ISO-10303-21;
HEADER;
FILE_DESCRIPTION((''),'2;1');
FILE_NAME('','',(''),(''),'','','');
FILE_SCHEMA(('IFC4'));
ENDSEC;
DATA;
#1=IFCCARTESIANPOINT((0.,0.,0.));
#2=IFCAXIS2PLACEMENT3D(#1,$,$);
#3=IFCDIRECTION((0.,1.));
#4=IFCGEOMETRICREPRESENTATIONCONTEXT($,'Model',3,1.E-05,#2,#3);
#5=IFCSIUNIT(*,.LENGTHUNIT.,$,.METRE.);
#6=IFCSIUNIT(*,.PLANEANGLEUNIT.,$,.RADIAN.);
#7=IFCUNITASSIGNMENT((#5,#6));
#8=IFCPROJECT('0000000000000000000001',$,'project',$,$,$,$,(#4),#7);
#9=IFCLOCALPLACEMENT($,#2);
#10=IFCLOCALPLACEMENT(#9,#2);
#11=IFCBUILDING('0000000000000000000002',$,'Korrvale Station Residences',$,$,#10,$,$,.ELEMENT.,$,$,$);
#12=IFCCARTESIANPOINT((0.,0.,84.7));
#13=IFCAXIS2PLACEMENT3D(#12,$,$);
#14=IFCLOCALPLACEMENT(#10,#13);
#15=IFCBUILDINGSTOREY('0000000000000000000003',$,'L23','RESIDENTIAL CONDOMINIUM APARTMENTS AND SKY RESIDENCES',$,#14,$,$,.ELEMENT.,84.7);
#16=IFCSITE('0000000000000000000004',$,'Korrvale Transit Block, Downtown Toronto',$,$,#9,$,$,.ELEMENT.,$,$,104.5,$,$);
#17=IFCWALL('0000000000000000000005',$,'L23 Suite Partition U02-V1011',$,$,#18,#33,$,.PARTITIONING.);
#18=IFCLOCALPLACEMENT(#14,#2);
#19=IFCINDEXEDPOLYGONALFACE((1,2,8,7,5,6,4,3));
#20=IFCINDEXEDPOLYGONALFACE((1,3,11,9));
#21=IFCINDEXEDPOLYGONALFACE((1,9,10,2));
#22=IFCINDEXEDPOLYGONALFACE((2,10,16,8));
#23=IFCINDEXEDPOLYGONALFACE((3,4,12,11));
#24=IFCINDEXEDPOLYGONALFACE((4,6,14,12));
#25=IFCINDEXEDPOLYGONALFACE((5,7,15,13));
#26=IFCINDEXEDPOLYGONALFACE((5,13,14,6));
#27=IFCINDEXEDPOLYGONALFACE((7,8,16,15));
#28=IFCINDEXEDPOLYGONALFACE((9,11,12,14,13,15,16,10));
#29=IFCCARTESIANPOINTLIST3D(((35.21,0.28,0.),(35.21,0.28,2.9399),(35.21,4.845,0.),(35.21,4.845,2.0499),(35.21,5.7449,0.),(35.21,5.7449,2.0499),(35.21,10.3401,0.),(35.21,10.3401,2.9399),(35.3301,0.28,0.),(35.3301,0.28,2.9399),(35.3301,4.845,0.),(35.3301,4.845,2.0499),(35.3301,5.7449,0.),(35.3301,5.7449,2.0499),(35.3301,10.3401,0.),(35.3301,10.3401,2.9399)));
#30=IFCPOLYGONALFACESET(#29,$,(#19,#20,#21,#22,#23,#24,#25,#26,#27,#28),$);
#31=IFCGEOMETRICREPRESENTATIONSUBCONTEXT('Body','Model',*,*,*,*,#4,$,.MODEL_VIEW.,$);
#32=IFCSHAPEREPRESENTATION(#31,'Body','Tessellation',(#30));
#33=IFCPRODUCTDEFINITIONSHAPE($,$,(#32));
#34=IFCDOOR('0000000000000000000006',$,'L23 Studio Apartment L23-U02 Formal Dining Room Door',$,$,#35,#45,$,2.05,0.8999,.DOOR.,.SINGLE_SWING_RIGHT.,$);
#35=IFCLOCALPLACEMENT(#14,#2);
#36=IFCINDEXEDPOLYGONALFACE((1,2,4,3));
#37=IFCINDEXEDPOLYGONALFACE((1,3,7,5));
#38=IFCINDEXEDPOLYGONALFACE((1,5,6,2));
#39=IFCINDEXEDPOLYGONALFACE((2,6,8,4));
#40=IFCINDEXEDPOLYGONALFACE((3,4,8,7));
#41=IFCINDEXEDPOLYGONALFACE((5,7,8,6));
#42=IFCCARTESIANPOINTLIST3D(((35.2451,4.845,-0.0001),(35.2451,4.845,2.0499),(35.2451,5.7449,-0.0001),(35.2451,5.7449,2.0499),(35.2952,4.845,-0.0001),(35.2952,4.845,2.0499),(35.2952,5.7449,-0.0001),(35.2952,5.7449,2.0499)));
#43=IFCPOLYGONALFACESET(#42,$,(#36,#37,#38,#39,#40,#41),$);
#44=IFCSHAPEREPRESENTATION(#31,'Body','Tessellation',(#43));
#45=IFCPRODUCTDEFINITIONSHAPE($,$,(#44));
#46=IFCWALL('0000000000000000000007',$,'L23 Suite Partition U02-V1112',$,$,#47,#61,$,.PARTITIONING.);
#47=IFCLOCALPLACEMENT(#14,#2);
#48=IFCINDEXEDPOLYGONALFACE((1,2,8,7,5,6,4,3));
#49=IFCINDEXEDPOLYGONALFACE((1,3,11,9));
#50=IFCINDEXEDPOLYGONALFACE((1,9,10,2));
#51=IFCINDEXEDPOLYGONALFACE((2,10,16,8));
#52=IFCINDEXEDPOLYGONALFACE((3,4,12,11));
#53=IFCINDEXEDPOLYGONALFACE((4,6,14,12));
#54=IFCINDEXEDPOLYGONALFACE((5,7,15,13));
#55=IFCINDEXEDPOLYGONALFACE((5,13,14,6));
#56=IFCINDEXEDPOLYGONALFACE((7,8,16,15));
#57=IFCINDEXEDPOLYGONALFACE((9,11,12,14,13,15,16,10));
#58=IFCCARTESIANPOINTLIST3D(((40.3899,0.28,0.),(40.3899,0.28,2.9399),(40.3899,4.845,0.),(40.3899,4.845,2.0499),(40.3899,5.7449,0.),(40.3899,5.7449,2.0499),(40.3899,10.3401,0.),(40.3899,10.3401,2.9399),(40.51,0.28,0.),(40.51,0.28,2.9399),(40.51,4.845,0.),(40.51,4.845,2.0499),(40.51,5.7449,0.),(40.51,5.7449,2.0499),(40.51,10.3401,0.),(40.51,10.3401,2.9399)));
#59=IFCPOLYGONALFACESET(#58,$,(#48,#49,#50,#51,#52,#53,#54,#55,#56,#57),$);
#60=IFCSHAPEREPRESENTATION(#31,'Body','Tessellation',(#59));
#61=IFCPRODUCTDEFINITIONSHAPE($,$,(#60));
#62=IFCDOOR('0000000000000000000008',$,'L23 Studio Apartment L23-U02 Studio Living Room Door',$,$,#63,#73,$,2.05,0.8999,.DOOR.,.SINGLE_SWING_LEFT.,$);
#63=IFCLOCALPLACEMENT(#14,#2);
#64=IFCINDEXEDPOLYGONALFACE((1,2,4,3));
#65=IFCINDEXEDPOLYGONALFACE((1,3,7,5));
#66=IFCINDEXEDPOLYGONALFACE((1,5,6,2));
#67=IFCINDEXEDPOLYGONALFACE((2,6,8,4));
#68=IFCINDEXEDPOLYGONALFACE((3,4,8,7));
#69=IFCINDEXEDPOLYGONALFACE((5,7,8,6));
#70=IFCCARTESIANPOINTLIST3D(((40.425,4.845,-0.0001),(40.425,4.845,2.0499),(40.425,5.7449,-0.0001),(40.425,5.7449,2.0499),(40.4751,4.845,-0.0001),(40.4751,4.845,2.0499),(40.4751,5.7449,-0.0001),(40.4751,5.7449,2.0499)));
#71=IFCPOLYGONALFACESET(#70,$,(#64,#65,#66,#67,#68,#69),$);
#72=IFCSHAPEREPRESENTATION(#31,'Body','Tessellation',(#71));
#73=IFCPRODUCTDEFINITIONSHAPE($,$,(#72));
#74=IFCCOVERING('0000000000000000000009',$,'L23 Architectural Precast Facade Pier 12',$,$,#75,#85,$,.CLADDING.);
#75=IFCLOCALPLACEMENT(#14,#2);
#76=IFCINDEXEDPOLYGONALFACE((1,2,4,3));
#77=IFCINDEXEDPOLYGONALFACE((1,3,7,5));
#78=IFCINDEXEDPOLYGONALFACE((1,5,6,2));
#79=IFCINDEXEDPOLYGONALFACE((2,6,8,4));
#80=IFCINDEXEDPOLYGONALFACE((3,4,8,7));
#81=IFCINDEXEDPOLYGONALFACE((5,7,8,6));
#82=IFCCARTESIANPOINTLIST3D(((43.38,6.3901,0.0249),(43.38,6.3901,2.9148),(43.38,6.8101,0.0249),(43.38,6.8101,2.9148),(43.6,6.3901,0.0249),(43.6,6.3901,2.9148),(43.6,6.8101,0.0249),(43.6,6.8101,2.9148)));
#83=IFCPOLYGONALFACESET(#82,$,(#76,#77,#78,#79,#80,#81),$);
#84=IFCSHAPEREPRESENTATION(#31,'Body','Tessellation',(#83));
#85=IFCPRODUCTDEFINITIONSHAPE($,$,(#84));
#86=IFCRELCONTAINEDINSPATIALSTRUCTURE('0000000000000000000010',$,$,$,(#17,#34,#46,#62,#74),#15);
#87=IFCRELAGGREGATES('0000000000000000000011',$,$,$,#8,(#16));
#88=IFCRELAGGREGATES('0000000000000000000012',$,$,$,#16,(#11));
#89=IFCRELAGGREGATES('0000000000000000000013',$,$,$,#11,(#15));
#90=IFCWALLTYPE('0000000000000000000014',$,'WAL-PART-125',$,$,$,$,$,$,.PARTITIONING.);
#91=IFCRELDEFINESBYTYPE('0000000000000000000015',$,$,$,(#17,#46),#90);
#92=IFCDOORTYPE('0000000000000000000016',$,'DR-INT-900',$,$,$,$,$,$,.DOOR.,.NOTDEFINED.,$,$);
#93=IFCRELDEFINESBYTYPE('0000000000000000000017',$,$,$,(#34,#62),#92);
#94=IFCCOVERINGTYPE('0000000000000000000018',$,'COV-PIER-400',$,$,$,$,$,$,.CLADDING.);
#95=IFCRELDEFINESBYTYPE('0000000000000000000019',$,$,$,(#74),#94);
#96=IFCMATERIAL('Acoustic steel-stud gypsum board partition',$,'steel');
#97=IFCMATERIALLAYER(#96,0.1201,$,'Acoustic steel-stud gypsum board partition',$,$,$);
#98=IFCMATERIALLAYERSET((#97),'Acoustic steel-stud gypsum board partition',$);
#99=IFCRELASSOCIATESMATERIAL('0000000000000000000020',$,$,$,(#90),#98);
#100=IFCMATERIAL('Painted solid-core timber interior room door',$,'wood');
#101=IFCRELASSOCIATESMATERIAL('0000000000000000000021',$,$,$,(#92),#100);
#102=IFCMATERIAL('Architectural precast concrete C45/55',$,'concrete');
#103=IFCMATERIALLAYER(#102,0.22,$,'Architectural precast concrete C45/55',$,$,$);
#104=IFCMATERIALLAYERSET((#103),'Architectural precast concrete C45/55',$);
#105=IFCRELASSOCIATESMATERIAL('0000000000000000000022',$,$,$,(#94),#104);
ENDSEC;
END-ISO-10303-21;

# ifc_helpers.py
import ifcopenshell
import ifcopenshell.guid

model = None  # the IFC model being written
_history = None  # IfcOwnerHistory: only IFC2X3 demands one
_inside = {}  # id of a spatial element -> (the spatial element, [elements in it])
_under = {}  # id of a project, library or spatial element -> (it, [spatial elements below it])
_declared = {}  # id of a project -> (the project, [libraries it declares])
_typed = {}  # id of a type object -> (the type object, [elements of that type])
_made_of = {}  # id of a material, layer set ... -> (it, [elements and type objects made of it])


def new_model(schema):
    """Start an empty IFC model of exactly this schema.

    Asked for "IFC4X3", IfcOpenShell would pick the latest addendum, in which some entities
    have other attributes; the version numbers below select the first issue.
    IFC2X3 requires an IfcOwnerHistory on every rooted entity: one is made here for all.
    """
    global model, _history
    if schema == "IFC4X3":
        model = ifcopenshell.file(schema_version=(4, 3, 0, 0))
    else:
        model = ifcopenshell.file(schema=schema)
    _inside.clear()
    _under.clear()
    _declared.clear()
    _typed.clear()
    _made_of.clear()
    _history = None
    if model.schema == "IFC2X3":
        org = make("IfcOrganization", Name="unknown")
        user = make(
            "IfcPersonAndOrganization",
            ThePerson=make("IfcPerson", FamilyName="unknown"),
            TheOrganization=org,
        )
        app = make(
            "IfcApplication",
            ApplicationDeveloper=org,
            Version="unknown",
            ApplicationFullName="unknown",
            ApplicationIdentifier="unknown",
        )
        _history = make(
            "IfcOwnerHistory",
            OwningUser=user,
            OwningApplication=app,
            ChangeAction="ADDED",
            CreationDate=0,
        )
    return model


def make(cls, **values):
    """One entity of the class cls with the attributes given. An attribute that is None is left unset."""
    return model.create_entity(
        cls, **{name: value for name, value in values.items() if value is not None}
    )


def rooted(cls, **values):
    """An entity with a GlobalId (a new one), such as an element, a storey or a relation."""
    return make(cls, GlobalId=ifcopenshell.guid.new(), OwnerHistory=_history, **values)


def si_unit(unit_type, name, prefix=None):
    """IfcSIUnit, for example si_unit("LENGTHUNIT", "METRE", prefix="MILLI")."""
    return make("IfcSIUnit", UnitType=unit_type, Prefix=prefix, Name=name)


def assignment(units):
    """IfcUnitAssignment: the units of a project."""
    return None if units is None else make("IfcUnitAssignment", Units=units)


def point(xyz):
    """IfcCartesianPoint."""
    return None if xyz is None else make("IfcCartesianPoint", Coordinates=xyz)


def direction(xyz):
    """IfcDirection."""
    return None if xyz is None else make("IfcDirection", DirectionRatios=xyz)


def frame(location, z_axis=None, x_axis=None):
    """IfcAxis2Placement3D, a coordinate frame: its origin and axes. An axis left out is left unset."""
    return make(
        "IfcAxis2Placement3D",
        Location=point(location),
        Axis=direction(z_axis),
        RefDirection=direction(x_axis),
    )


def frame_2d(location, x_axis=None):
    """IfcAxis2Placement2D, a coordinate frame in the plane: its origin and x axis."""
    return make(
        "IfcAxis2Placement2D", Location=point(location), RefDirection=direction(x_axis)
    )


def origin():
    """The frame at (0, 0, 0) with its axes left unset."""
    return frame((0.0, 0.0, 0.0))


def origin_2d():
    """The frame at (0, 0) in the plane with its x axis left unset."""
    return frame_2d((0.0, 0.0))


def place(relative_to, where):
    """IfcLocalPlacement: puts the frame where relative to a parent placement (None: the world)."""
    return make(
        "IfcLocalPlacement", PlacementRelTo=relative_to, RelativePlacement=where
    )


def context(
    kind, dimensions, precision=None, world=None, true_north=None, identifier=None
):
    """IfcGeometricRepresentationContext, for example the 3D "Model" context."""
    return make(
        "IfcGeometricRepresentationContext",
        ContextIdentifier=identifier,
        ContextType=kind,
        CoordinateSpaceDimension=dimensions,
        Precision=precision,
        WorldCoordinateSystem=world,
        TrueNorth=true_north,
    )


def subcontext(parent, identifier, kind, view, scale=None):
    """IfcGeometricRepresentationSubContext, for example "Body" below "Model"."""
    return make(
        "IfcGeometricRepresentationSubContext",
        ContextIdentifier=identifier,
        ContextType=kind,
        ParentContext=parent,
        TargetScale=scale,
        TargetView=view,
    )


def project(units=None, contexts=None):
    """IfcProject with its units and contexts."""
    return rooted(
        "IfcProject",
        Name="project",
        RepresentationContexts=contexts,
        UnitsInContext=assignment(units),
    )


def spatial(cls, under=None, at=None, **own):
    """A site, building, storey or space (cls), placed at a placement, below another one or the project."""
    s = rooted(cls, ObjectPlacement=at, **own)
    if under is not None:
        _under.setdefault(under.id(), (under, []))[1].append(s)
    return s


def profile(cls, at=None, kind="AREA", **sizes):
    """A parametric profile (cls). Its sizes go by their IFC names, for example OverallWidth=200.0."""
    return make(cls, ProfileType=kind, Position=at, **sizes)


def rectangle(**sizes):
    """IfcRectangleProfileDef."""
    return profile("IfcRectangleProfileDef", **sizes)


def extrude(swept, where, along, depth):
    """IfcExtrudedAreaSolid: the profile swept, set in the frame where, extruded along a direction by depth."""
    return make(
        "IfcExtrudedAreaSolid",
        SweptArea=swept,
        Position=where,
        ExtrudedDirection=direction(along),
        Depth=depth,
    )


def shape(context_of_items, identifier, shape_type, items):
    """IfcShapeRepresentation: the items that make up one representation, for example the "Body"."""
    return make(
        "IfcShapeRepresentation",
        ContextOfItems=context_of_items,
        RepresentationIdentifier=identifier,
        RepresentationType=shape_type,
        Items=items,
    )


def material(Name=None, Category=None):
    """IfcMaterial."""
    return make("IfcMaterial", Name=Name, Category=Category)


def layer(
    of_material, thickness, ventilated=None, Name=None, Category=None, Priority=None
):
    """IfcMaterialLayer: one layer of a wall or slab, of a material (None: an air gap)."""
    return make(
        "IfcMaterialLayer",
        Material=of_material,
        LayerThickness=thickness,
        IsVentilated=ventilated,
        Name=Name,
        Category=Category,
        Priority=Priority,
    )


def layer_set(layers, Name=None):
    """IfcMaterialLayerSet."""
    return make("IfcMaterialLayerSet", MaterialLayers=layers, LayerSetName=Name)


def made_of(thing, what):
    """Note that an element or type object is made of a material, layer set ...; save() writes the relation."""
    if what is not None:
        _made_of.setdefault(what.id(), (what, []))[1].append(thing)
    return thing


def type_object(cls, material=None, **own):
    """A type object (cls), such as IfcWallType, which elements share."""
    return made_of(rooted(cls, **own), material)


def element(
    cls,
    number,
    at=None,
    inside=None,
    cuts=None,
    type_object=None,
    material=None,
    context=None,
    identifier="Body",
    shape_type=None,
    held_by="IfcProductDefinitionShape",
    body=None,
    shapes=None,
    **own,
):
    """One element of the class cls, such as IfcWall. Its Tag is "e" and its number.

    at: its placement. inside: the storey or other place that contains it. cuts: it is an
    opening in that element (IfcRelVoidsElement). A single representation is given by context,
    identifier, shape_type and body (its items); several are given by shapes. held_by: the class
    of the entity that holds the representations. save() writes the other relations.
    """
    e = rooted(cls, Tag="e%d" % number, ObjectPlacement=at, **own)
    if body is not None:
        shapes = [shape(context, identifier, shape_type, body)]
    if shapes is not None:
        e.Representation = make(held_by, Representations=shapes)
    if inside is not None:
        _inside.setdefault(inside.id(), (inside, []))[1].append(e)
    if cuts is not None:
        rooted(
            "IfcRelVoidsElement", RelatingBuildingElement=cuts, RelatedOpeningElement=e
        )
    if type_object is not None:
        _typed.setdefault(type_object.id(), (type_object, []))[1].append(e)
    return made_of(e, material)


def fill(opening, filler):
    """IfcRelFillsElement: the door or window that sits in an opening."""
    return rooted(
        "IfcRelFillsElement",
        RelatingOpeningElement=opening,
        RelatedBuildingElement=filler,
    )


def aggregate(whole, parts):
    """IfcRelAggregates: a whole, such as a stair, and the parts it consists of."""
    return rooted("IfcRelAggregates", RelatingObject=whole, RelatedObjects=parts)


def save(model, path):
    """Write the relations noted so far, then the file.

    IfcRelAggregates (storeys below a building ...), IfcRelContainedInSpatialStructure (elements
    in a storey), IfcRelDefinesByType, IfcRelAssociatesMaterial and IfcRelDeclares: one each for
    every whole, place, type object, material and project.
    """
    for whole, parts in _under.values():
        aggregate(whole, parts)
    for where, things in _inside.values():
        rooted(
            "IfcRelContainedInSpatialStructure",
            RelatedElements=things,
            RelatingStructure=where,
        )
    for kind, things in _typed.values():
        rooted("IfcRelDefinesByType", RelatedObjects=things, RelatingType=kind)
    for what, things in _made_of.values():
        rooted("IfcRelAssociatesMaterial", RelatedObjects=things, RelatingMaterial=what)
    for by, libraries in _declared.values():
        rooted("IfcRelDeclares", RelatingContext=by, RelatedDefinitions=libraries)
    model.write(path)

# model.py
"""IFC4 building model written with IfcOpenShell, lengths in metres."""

from ifc_helpers import new_model, si_unit, direction, frame, frame_2d, origin, origin_2d, place, context, subcontext, project, spatial, rectangle, extrude, material, layer, layer_set, type_object, element, fill, save


model = new_model("IFC4")

# Units and contexts
model_context = context("Model", 3, precision=1e-05, world=origin(), true_north=direction((0.0, 1.0)))
body_context = subcontext(model_context, "Body", "Model", "MODEL_VIEW")
ifc_project = project(units=[si_unit("LENGTHUNIT", "METRE"), si_unit("PLANEANGLEUNIT", "RADIAN")], contexts=[model_context])

# Site, building, storey
site_placement = place(None, origin())
site = spatial("IfcSite", under=ifc_project, at=site_placement, Name="Korrvale Transit Block, Downtown Toronto", CompositionType="ELEMENT", RefElevation=104.5)
building_placement = place(site_placement, origin())
building = spatial("IfcBuilding", under=site, at=building_placement, Name="Korrvale Station Residences", CompositionType="ELEMENT")
storey_placement = place(building_placement, frame((0.0, 0.0, 84.7)))
storey = spatial("IfcBuildingStorey", under=building, at=storey_placement, Name="L23", Description="RESIDENTIAL CONDOMINIUM APARTMENTS AND SKY RESIDENCES", CompositionType="ELEMENT", Elevation=84.7)

# Shared definitions
ifc_material_1 = material(Name="Acoustic steel-stud gypsum board partition", Category="steel")
ifc_layer_1 = layer(ifc_material_1, 0.1201, Name="Acoustic steel-stud gypsum board partition")
ifc_layer_set_1 = layer_set([ifc_layer_1], Name="Acoustic steel-stud gypsum board partition")
wall_type_1 = type_object("IfcWallType", Name="WAL-PART-125", PredefinedType="PARTITIONING", material=ifc_layer_set_1)

# Walls, openings, doors
ifc_material_2 = material(Name="Painted solid-core timber interior room door", Category="wood")
door_type = type_object("IfcDoorType", Name="DR-INT-900", OperationType="NOTDEFINED", PredefinedType="DOOR", material=ifc_material_2)
wall_1_placement = place(storey_placement, frame((35.27, 0.28, 0.0), z_axis=(0.0, 0.0, 1.0), x_axis=(0.0, 1.0, 0.0)))
wall_1 = element("IfcWall", 1, at=wall_1_placement, inside=storey, type_object=wall_type_1, Name="L23 Suite Partition U02-V1011", PredefinedType="PARTITIONING", context=body_context, shape_type="SweptSolid", body=[
    extrude(rectangle(XDim=10.0601, YDim=0.1201, at=frame_2d((5.03, 0.0))), origin(), (0.0, 0.0, 1.0), 2.9399),
])
opening_1_placement = place(wall_1_placement, frame((4.5649, 0.0, 0.0)))
opening_1 = element("IfcOpeningElement", 2, at=opening_1_placement, cuts=wall_1, PredefinedType="OPENING", context=body_context, shape_type="SweptSolid", body=[
    extrude(rectangle(XDim=0.8999, YDim=2.05, at=frame_2d((0.45, 1.0249))), frame((0.0, 0.0701, 0.0), z_axis=(0.0, -1.0, 0.0), x_axis=(1.0, 0.0, 0.0)), (0.0, 0.0, 1.0), 0.1401),
])
door_1_placement = place(opening_1_placement, origin())
door_1 = element("IfcDoor", 3, at=door_1_placement, inside=storey, type_object=door_type, Name="L23 Studio Apartment L23-U02 Formal Dining Room Door", OperationType="SINGLE_SWING_RIGHT", OverallHeight=2.05, OverallWidth=0.8999, PredefinedType="DOOR", context=body_context, shape_type="SweptSolid", body=[
    extrude(rectangle(XDim=0.8999, YDim=2.05, at=frame_2d((0.45, 1.0249))), frame((0.0, 0.0249, 0.0), z_axis=(0.0, -1.0, 0.0), x_axis=(1.0, 0.0, 0.0)), (0.0, 0.0, 1.0), 0.05),
])
fill(opening_1, door_1)
wall_2_placement = place(storey_placement, frame((40.45, 0.28, 0.0), z_axis=(0.0, 0.0, 1.0), x_axis=(0.0, 1.0, 0.0)))
wall_2 = element("IfcWall", 4, at=wall_2_placement, inside=storey, type_object=wall_type_1, Name="L23 Suite Partition U02-V1112", PredefinedType="PARTITIONING", context=body_context, shape_type="SweptSolid", body=[
    extrude(rectangle(XDim=10.0601, YDim=0.1201, at=frame_2d((5.03, 0.0))), origin(), (0.0, 0.0, 1.0), 2.9399),
])
opening_2_placement = place(wall_2_placement, frame((4.5649, 0.0, 0.0)))
opening_2 = element("IfcOpeningElement", 5, at=opening_2_placement, cuts=wall_2, PredefinedType="OPENING", context=body_context, shape_type="SweptSolid", body=[
    extrude(rectangle(XDim=0.8999, YDim=2.05, at=frame_2d((0.45, 1.0249))), frame((0.0, 0.0701, 0.0), z_axis=(0.0, -1.0, 0.0), x_axis=(1.0, 0.0, 0.0)), (0.0, 0.0, 1.0), 0.1401),
])
door_2_placement = place(opening_2_placement, origin())
door_2 = element("IfcDoor", 6, at=door_2_placement, inside=storey, type_object=door_type, Name="L23 Studio Apartment L23-U02 Studio Living Room Door", OperationType="SINGLE_SWING_LEFT", OverallHeight=2.05, OverallWidth=0.8999, PredefinedType="DOOR", context=body_context, shape_type="SweptSolid", body=[
    extrude(rectangle(XDim=0.8999, YDim=2.05, at=frame_2d((0.45, 1.0249))), frame((0.0, 0.0249, 0.0), z_axis=(0.0, -1.0, 0.0), x_axis=(1.0, 0.0, 0.0)), (0.0, 0.0, 1.0), 0.05),
])
fill(opening_2, door_2)

# Covering
ifc_material_3 = material(Name="Architectural precast concrete C45/55", Category="concrete")
ifc_layer_2 = layer(ifc_material_3, 0.22, Name="Architectural precast concrete C45/55")
ifc_layer_set_2 = layer_set([ifc_layer_2], Name="Architectural precast concrete C45/55")
covering_type = type_object("IfcCoveringType", Name="COV-PIER-400", PredefinedType="CLADDING", material=ifc_layer_set_2)
covering_placement = place(storey_placement, frame((43.49, 6.6001, 0.0249), z_axis=(0.0, 0.0, 1.0), x_axis=(0.0, 1.0, 0.0)))
element("IfcCovering", 7, at=covering_placement, inside=storey, type_object=covering_type, Name="L23 Architectural Precast Facade Pier 12", PredefinedType="CLADDING", context=body_context, shape_type="SweptSolid", body=[
    extrude(rectangle(XDim=0.4199, YDim=0.22, at=origin_2d()), origin(), (0.0, 0.0, 1.0), 2.8899),
])

save(model, "model.ifc")
